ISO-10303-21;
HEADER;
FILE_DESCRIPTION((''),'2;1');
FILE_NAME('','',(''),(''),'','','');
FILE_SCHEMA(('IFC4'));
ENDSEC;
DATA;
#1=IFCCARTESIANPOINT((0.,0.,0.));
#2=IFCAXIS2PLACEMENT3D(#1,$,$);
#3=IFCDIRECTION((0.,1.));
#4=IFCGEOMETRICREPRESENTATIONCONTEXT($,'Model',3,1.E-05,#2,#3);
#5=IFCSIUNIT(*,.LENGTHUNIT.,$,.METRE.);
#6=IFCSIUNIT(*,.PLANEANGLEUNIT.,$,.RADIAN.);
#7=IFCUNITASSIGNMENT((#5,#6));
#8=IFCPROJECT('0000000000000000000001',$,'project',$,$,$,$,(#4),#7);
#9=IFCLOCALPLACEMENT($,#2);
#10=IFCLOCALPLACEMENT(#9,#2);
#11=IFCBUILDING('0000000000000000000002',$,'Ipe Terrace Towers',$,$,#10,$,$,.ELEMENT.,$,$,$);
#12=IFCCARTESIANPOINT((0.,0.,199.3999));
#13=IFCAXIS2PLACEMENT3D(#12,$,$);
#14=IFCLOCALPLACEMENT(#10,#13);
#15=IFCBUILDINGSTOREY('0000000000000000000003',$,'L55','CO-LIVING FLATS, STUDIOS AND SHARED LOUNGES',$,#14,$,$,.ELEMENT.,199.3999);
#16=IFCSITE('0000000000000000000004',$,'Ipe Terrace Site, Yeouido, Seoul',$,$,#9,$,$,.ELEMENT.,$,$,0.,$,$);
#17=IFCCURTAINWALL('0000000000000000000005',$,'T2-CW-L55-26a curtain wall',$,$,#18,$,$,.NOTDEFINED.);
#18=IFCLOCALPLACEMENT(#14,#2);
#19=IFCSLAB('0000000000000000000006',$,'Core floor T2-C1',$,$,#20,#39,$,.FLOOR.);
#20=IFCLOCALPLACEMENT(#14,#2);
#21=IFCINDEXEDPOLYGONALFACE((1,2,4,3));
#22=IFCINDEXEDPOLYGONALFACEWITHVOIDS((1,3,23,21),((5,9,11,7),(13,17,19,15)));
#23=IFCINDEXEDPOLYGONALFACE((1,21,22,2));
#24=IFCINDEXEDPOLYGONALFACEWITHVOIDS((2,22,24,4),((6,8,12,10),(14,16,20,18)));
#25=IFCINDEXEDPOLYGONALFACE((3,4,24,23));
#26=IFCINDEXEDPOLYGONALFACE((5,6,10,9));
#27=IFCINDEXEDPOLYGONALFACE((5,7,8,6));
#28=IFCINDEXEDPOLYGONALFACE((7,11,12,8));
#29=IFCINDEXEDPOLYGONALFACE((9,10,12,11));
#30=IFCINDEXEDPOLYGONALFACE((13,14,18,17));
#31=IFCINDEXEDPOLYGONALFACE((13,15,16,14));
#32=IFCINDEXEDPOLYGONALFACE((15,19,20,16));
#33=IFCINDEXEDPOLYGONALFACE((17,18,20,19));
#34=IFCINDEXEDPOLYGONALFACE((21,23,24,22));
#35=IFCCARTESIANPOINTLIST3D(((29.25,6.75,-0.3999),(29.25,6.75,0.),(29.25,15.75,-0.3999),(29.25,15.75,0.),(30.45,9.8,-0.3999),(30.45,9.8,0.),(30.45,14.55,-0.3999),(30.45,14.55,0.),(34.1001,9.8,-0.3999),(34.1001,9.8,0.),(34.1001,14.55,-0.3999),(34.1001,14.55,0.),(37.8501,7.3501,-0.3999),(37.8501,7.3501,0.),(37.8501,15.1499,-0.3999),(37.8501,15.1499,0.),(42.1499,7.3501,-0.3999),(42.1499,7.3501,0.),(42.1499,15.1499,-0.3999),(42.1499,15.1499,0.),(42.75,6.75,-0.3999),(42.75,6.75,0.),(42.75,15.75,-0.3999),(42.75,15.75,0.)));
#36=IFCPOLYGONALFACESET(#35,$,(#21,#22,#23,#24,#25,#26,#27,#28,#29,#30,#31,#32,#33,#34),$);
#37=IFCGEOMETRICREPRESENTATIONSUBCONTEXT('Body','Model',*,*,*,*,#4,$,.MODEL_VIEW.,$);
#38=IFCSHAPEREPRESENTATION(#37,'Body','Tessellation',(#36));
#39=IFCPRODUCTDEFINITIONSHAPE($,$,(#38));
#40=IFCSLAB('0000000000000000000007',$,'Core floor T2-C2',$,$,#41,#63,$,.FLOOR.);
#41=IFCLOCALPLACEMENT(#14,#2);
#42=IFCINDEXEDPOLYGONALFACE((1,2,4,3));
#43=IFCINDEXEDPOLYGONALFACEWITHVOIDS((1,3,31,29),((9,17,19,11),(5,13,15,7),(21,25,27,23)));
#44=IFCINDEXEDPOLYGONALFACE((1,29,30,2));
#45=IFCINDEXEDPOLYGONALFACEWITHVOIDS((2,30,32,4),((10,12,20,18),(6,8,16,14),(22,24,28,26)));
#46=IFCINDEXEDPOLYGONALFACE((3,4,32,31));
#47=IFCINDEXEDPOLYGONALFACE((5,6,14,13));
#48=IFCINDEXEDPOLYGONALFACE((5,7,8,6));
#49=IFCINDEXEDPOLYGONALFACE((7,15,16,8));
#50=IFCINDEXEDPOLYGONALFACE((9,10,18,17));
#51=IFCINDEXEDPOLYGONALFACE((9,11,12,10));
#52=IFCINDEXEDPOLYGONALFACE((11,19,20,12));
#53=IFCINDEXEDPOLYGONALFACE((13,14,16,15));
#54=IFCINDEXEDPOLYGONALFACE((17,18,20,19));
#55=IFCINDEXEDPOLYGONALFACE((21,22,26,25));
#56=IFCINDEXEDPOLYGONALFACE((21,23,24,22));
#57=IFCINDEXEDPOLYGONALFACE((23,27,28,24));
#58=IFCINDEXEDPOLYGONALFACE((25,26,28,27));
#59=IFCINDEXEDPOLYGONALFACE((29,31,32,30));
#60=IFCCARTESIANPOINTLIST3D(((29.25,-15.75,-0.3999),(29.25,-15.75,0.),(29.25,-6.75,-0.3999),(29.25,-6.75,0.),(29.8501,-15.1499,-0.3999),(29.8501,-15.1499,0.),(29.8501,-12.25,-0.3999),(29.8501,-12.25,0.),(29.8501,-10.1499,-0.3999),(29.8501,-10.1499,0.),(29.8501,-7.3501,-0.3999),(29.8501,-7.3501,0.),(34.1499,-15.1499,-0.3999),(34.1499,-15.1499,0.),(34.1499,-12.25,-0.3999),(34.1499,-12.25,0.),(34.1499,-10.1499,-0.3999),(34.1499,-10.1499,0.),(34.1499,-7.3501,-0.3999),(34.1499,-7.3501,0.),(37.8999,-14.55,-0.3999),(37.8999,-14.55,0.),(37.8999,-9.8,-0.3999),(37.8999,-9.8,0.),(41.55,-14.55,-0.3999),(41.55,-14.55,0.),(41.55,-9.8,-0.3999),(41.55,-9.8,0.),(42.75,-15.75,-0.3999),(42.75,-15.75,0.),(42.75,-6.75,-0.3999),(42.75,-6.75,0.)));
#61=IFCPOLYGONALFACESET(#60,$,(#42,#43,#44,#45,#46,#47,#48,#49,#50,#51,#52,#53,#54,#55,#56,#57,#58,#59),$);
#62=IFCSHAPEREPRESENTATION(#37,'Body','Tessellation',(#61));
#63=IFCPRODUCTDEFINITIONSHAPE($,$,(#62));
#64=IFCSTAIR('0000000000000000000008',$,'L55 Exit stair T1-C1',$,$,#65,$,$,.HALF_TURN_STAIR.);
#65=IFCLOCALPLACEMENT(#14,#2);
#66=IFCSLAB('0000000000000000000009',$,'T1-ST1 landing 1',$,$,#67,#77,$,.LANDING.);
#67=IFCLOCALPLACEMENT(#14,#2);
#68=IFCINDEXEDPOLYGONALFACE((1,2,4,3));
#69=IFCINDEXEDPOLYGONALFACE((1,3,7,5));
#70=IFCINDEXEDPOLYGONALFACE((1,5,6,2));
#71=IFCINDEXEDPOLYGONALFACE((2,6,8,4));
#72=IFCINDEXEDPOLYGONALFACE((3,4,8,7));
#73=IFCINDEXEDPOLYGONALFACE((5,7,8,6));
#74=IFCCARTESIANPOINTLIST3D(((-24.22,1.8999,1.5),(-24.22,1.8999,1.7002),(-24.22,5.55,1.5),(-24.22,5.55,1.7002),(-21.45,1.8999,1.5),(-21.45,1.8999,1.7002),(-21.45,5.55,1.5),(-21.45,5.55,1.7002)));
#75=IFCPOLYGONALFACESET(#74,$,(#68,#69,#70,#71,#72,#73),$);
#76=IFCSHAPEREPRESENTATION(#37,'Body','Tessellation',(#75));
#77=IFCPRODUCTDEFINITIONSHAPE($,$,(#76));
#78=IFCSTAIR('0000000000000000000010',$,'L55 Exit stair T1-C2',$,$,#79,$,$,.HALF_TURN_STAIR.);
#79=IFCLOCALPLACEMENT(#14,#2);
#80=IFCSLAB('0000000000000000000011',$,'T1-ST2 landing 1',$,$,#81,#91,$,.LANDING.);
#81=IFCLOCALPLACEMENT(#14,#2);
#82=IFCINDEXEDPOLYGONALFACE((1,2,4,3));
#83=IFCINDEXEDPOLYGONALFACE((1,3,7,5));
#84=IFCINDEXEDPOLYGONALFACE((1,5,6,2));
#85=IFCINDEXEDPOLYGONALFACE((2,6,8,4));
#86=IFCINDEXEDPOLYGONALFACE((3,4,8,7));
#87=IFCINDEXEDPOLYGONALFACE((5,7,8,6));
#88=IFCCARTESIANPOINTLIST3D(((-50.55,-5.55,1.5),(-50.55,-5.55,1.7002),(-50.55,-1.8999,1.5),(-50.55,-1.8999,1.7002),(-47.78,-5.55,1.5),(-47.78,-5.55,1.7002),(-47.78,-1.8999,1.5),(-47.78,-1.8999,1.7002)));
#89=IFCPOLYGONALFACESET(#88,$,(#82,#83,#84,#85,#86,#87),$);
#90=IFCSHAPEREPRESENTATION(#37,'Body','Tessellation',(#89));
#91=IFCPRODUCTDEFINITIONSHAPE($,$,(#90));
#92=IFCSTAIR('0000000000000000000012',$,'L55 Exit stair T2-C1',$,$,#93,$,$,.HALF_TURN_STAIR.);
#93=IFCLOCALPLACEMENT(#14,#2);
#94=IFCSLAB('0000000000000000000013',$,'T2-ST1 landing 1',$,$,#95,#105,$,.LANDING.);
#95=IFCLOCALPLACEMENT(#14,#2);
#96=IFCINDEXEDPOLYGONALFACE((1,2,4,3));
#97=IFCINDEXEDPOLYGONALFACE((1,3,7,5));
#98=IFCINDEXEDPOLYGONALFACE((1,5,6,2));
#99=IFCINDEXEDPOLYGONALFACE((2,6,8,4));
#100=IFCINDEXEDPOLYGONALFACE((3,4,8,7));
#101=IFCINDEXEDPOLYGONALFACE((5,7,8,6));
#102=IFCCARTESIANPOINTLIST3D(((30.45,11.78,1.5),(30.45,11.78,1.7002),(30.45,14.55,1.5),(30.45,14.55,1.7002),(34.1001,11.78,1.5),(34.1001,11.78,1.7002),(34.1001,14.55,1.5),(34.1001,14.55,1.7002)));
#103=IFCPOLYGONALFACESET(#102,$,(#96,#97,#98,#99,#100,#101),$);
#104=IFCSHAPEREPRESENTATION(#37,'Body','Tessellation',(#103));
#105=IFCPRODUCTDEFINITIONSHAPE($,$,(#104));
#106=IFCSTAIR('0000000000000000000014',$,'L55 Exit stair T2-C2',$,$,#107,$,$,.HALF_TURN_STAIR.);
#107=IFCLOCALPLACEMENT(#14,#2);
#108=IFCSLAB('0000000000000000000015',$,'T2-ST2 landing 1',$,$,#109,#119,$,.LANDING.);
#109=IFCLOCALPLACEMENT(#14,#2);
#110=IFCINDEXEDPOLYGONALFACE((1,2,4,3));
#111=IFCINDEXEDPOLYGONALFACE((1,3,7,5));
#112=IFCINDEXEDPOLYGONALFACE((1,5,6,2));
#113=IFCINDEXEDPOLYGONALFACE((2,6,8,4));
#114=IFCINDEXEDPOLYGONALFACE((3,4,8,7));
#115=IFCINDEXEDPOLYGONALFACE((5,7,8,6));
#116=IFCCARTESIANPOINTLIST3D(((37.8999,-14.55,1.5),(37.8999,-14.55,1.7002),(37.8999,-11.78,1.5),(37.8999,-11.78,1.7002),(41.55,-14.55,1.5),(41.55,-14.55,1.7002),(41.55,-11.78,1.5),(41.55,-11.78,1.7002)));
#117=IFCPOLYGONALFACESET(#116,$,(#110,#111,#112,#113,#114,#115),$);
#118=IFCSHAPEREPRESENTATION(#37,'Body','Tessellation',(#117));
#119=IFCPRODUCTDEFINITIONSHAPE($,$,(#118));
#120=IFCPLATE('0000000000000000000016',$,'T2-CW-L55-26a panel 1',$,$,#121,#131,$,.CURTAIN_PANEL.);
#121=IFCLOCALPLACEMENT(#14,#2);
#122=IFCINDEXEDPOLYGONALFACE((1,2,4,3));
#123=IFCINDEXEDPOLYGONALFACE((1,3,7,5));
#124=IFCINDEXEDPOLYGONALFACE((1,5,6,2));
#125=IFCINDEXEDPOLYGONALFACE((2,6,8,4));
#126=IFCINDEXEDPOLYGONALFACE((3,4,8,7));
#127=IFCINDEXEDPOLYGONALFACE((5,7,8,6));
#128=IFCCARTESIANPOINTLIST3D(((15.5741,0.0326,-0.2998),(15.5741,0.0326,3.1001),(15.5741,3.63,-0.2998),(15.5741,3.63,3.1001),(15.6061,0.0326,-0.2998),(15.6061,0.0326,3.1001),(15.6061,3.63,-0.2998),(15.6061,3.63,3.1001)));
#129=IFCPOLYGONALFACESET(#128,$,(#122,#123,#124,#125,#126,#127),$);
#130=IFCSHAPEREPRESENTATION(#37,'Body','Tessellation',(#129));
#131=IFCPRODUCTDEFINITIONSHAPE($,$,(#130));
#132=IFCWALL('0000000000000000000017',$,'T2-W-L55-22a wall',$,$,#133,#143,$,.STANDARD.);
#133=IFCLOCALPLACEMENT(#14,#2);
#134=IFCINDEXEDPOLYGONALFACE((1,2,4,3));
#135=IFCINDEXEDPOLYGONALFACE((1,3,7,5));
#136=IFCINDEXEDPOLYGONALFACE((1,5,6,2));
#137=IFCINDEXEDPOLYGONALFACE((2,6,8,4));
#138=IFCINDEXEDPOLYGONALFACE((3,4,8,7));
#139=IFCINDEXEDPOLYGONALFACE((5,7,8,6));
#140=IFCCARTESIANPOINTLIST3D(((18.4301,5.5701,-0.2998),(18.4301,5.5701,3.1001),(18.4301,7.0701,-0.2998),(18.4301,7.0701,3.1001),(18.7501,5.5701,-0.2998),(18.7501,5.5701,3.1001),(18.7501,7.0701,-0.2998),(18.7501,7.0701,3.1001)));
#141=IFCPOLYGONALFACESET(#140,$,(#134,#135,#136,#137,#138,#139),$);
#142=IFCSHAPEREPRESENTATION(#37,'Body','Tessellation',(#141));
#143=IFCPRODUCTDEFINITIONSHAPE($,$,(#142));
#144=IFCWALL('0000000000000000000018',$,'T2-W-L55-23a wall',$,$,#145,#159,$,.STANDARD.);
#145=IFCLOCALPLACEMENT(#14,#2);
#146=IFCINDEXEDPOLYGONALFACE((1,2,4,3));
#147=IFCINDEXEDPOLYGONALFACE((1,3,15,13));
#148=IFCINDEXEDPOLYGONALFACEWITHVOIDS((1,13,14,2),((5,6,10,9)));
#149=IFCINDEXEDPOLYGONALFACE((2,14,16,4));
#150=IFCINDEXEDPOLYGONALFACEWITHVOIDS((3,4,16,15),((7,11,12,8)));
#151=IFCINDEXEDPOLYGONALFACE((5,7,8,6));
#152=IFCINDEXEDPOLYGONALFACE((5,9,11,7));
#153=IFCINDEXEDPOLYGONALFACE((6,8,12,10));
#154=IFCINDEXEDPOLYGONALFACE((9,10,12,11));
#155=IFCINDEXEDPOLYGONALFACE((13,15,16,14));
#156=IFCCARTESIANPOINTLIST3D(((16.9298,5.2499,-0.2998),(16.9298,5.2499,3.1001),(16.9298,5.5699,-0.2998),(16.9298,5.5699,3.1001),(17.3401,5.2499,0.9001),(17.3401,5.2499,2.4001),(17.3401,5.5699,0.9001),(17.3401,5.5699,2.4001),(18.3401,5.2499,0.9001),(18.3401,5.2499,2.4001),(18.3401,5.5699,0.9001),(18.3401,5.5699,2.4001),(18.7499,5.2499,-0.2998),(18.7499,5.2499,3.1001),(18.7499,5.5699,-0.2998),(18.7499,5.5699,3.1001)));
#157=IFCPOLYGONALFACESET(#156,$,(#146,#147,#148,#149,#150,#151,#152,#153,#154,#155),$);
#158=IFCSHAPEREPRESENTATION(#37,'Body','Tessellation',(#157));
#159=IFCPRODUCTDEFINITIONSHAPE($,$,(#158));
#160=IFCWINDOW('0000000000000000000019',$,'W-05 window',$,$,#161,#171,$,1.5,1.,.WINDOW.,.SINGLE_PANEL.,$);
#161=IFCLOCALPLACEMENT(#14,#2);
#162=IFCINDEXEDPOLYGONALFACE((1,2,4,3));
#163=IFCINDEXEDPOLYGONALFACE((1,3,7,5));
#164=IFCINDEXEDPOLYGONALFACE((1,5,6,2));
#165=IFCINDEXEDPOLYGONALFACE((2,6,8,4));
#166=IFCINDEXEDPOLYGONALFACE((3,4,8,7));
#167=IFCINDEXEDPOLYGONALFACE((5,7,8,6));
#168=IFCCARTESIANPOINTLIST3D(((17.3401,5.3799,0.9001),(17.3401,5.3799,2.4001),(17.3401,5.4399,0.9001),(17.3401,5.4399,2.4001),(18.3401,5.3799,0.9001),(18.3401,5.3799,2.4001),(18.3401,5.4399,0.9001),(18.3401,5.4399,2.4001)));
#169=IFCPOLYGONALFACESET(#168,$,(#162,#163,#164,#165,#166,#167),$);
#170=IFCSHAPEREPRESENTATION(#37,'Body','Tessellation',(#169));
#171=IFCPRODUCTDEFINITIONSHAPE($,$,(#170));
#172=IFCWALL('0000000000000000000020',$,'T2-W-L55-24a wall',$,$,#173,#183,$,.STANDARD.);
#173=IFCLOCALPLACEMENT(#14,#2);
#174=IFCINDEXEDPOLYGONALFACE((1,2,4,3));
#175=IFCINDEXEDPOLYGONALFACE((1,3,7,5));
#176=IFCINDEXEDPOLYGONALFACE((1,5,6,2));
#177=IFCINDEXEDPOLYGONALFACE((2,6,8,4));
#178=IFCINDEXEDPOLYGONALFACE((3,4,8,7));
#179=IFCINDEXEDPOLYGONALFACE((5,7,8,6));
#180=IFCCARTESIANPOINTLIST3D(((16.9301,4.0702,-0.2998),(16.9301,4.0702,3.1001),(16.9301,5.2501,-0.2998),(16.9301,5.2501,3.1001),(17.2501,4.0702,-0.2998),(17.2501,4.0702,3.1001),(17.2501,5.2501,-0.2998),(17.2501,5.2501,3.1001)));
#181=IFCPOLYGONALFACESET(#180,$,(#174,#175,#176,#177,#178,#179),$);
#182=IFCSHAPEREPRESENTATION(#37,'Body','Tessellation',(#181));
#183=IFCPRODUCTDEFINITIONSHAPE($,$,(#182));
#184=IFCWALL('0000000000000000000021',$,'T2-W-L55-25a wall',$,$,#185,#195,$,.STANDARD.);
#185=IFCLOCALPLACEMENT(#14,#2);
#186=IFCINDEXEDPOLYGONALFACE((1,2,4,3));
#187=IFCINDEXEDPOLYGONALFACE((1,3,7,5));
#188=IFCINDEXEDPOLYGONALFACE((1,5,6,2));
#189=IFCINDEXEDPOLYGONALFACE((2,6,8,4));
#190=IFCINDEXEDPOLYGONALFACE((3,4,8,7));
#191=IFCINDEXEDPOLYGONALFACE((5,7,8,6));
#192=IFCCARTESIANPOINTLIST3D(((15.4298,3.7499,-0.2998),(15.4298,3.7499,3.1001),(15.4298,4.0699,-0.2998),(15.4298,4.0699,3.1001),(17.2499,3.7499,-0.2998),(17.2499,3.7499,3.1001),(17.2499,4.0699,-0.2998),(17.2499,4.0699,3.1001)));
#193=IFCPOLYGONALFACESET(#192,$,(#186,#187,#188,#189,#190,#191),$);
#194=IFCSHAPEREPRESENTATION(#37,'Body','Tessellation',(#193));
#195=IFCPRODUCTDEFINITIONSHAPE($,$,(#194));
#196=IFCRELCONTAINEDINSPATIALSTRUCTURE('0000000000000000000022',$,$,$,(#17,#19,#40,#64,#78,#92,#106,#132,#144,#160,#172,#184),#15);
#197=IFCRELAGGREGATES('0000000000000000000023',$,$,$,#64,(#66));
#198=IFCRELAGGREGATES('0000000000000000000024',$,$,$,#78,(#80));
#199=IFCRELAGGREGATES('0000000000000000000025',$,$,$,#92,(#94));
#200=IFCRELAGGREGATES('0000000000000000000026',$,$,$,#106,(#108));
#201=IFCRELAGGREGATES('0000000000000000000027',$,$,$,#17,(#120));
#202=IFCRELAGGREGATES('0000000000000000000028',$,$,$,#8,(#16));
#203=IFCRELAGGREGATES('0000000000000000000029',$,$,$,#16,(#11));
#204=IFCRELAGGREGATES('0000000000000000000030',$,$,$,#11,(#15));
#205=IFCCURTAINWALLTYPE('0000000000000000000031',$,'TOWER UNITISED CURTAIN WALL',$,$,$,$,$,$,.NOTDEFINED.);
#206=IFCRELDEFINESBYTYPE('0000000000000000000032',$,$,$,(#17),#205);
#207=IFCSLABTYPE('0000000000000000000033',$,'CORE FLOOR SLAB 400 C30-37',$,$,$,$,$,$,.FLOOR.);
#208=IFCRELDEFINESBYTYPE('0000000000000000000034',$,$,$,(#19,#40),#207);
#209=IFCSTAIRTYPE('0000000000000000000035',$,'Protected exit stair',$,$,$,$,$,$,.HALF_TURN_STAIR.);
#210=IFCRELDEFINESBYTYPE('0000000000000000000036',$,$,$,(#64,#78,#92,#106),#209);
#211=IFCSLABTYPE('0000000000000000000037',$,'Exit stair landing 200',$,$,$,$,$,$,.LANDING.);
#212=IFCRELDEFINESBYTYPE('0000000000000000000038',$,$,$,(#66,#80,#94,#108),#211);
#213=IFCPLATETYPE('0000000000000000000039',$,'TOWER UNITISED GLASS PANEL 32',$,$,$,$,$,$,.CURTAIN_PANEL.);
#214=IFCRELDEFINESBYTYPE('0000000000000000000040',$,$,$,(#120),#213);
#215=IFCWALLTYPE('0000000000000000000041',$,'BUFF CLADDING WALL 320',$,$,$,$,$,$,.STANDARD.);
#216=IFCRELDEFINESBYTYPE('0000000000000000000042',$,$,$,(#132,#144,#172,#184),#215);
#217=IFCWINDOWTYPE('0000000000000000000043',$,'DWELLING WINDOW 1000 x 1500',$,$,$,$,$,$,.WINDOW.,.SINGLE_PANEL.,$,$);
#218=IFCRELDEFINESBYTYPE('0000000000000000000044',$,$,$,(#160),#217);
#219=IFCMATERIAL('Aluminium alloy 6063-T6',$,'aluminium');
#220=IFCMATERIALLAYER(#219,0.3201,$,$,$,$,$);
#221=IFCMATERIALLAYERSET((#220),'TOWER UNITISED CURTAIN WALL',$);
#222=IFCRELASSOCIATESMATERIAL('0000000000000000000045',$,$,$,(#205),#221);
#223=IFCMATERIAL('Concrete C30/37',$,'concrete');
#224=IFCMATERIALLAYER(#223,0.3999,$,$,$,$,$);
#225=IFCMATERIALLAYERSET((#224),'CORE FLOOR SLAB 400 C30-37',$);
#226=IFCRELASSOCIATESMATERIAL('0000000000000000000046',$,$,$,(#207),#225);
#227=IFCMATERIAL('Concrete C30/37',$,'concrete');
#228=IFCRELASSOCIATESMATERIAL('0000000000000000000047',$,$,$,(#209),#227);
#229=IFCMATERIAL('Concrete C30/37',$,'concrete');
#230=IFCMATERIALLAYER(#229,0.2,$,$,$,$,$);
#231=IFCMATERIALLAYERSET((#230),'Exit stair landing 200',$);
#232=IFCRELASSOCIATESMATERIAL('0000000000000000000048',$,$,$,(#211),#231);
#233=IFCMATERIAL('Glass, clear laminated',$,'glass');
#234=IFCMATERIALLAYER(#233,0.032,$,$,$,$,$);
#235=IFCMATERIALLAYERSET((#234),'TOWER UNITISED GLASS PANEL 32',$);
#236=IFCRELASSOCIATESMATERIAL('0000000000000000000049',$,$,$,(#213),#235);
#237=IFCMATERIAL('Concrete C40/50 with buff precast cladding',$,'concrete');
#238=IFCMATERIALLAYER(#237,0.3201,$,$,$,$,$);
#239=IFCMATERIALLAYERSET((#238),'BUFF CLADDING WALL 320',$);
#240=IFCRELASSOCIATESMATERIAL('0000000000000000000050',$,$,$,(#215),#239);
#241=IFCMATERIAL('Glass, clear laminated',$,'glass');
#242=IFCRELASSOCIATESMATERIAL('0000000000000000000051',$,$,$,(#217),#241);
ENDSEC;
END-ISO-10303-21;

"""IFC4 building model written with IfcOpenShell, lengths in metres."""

from ifc_helpers import new_model, si_unit, direction, frame, frame_2d, origin, origin_2d, place, context, subcontext, project, spatial, polyline, rectangle, outline, extrude, material, layer, layer_set, type_object, element, fill, aggregate, save


model = new_model("IFC4")

# Units and contexts
model_context = context("Model", 3, precision=1e-05, world=origin(), true_north=direction((0.0, 1.0)))
body_context = subcontext(model_context, "Body", "Model", "MODEL_VIEW")
ifc_project = project(units=[si_unit("LENGTHUNIT", "METRE"), si_unit("PLANEANGLEUNIT", "RADIAN")], contexts=[model_context])

# Site, building, storey
site_placement = place(None, origin())
site = spatial("IfcSite", under=ifc_project, at=site_placement, Name="Ipe Terrace Site, Yeouido, Seoul", CompositionType="ELEMENT", RefElevation=0.0)
building_placement = place(site_placement, origin())
building = spatial("IfcBuilding", under=site, at=building_placement, Name="Ipe Terrace Towers", CompositionType="ELEMENT")
storey_placement = place(building_placement, frame((0.0, 0.0, 199.3999)))
storey = spatial("IfcBuildingStorey", under=building, at=storey_placement, Name="L55", Description="CO-LIVING FLATS, STUDIOS AND SHARED LOUNGES", CompositionType="ELEMENT", Elevation=199.3999)

# Shared definitions
ifc_material_1 = material(Name="Aluminium alloy 6063-T6", Category="aluminium")
ifc_layer_1 = layer(ifc_material_1, 0.3201)
ifc_layer_set_1 = layer_set([ifc_layer_1], Name="TOWER UNITISED CURTAIN WALL")
curtain_wall_type = type_object("IfcCurtainWallType", Name="TOWER UNITISED CURTAIN WALL", PredefinedType="NOTDEFINED", material=ifc_layer_set_1)

# Curtain wall
curtain_wall_1_placement = place(storey_placement, origin())
curtain_wall_1 = element("IfcCurtainWall", 1, at=curtain_wall_1_placement, inside=storey, type_object=curtain_wall_type, Name="T2-CW-L55-26a curtain wall", PredefinedType="NOTDEFINED")

# Slabs
ifc_material_2 = material(Name="Concrete C30/37", Category="concrete")
ifc_layer_2 = layer(ifc_material_2, 0.3999)
ifc_layer_set_2 = layer_set([ifc_layer_2], Name="CORE FLOOR SLAB 400 C30-37")
slab_type_1 = type_object("IfcSlabType", Name="CORE FLOOR SLAB 400 C30-37", PredefinedType="FLOOR", material=ifc_layer_set_2)
slab_1_placement = place(storey_placement, frame((0.0, 0.0, -0.3999)))
element("IfcSlab", 2, at=slab_1_placement, inside=storey, type_object=slab_type_1, Name="Core floor T2-C1", PredefinedType="FLOOR", context=body_context, shape_type="SweptSolid", body=[
    extrude(outline(polyline([(29.25, 6.75), (29.25, 15.75), (42.75, 15.75), (42.75, 6.75), (29.25, 6.75)]), holes=[polyline([(42.1499, 7.3501), (42.1499, 15.1499), (37.8501, 15.1499), (37.8501, 7.3501), (42.1499, 7.3501)]), polyline([(30.45, 9.8), (34.1001, 9.8), (34.1001, 14.55), (30.45, 14.55), (30.45, 9.8)])]), origin(), (0.0, 0.0, 1.0), 0.3999),
])
slab_2_placement = place(storey_placement, frame((0.0, 0.0, -0.3999)))
element("IfcSlab", 3, at=slab_2_placement, inside=storey, type_object=slab_type_1, Name="Core floor T2-C2", PredefinedType="FLOOR", context=body_context, shape_type="SweptSolid", body=[
    extrude(outline(polyline([(29.25, -15.75), (29.25, -6.75), (42.75, -6.75), (42.75, -15.75), (29.25, -15.75)]), holes=[polyline([(29.8501, -12.25), (29.8501, -15.1499), (34.1499, -15.1499), (34.1499, -12.25), (29.8501, -12.25)]), polyline([(41.55, -9.8), (37.8999, -9.8), (37.8999, -14.55), (41.55, -14.55), (41.55, -9.8)]), polyline([(34.1499, -7.3501), (29.8501, -7.3501), (29.8501, -10.1499), (34.1499, -10.1499), (34.1499, -7.3501)])]), origin(), (0.0, 0.0, 1.0), 0.3999),
])

# Stairs, slabs
ifc_material_3 = material(Name="Concrete C30/37", Category="concrete")
stair_type = type_object("IfcStairType", Name="Protected exit stair", PredefinedType="HALF_TURN_STAIR", material=ifc_material_3)
stair_1_placement = place(storey_placement, origin())
stair_1 = element("IfcStair", 4, at=stair_1_placement, inside=storey, type_object=stair_type, Name="L55 Exit stair T1-C1", PredefinedType="HALF_TURN_STAIR")
ifc_material_4 = material(Name="Concrete C30/37", Category="concrete")
ifc_layer_3 = layer(ifc_material_4, 0.2)
ifc_layer_set_3 = layer_set([ifc_layer_3], Name="Exit stair landing 200")
slab_type_2 = type_object("IfcSlabType", Name="Exit stair landing 200", PredefinedType="LANDING", material=ifc_layer_set_3)
slab_3_placement = place(storey_placement, frame((0.0, 0.0, 1.5)))
slab_3 = element("IfcSlab", 5, at=slab_3_placement, type_object=slab_type_2, Name="T1-ST1 landing 1", PredefinedType="LANDING", context=body_context, shape_type="SweptSolid", body=[
    extrude(outline(polyline([(-24.22, 1.8999), (-21.45, 1.8999), (-21.45, 5.55), (-24.22, 5.55), (-24.22, 1.8999)])), origin(), (0.0, 0.0, 1.0), 0.2002),
])
aggregate(stair_1, [slab_3])
stair_2_placement = place(storey_placement, origin())
stair_2 = element("IfcStair", 6, at=stair_2_placement, inside=storey, type_object=stair_type, Name="L55 Exit stair T1-C2", PredefinedType="HALF_TURN_STAIR")
slab_4_placement = place(storey_placement, frame((0.0, 0.0, 1.5)))
slab_4 = element("IfcSlab", 7, at=slab_4_placement, type_object=slab_type_2, Name="T1-ST2 landing 1", PredefinedType="LANDING", context=body_context, shape_type="SweptSolid", body=[
    extrude(outline(polyline([(-47.78, -1.8999), (-50.55, -1.8999), (-50.55, -5.55), (-47.78, -5.55), (-47.78, -1.8999)])), origin(), (0.0, 0.0, 1.0), 0.2002),
])
aggregate(stair_2, [slab_4])
stair_3_placement = place(storey_placement, origin())
stair_3 = element("IfcStair", 8, at=stair_3_placement, inside=storey, type_object=stair_type, Name="L55 Exit stair T2-C1", PredefinedType="HALF_TURN_STAIR")
slab_5_placement = place(storey_placement, frame((0.0, 0.0, 1.5)))
slab_5 = element("IfcSlab", 9, at=slab_5_placement, type_object=slab_type_2, Name="T2-ST1 landing 1", PredefinedType="LANDING", context=body_context, shape_type="SweptSolid", body=[
    extrude(outline(polyline([(34.1001, 11.78), (34.1001, 14.55), (30.45, 14.55), (30.45, 11.78), (34.1001, 11.78)])), origin(), (0.0, 0.0, 1.0), 0.2002),
])
aggregate(stair_3, [slab_5])
stair_4_placement = place(storey_placement, origin())
stair_4 = element("IfcStair", 10, at=stair_4_placement, inside=storey, type_object=stair_type, Name="L55 Exit stair T2-C2", PredefinedType="HALF_TURN_STAIR")
slab_6_placement = place(storey_placement, frame((0.0, 0.0, 1.5)))
slab_6 = element("IfcSlab", 11, at=slab_6_placement, type_object=slab_type_2, Name="T2-ST2 landing 1", PredefinedType="LANDING", context=body_context, shape_type="SweptSolid", body=[
    extrude(outline(polyline([(37.8999, -11.78), (37.8999, -14.55), (41.55, -14.55), (41.55, -11.78), (37.8999, -11.78)])), origin(), (0.0, 0.0, 1.0), 0.2002),
])
aggregate(stair_4, [slab_6])

# Plate
ifc_material_5 = material(Name="Glass, clear laminated", Category="glass")
ifc_layer_4 = layer(ifc_material_5, 0.032)
ifc_layer_set_4 = layer_set([ifc_layer_4], Name="TOWER UNITISED GLASS PANEL 32")
plate_type = type_object("IfcPlateType", Name="TOWER UNITISED GLASS PANEL 32", PredefinedType="CURTAIN_PANEL", material=ifc_layer_set_4)
plate_placement = place(storey_placement, frame((15.5901, 1.8313, -0.2998), z_axis=(0.0, 0.0, 1.0), x_axis=(0.0, -1.0, 0.0)))
plate = element("IfcPlate", 12, at=plate_placement, type_object=plate_type, Name="T2-CW-L55-26a panel 1", PredefinedType="CURTAIN_PANEL", context=body_context, shape_type="SweptSolid", body=[
    extrude(rectangle(XDim=3.5974, YDim=0.032, at=origin_2d()), origin(), (0.0, 0.0, 1.0), 3.3999),
])
aggregate(curtain_wall_1, [plate])

# Wall
ifc_material_6 = material(Name="Concrete C40/50 with buff precast cladding", Category="concrete")
ifc_layer_5 = layer(ifc_material_6, 0.3201)
ifc_layer_set_5 = layer_set([ifc_layer_5], Name="BUFF CLADDING WALL 320")
wall_type_1 = type_object("IfcWallType", Name="BUFF CLADDING WALL 320", PredefinedType="STANDARD", material=ifc_layer_set_5)
wall_1_placement = place(storey_placement, frame((18.5901, 7.0701, -0.2998), z_axis=(0.0, 0.0, 1.0), x_axis=(0.0, -1.0, 0.0)))
element("IfcWall", 13, at=wall_1_placement, inside=storey, type_object=wall_type_1, Name="T2-W-L55-22a wall", PredefinedType="STANDARD", context=body_context, shape_type="SweptSolid", body=[
    extrude(rectangle(XDim=1.5, YDim=0.3201, at=frame_2d((0.75, 0.0))), origin(), (0.0, 0.0, 1.0), 3.3999),
])

# Wall, opening, window
wall_2_placement = place(storey_placement, frame((18.75, 5.4099, -0.2998), z_axis=(0.0, 0.0, 1.0), x_axis=(-1.0, 0.0, 0.0)))
wall_2 = element("IfcWall", 14, at=wall_2_placement, inside=storey, type_object=wall_type_1, Name="T2-W-L55-23a wall", PredefinedType="STANDARD", context=body_context, shape_type="SweptSolid", body=[
    extrude(rectangle(XDim=1.8201, YDim=0.3201, at=frame_2d((0.9102, 0.0))), origin(), (0.0, 0.0, 1.0), 3.3999),
])
opening_1_placement = place(wall_2_placement, frame((0.4099, 0.0, 1.2)))
opening_1 = element("IfcOpeningElement", 15, at=opening_1_placement, cuts=wall_2, PredefinedType="OPENING", context=body_context, shape_type="SweptSolid", body=[
    extrude(rectangle(XDim=1.0, YDim=1.5, at=frame_2d((0.5, 0.75))), frame((0.0, 0.1699, 0.0), z_axis=(0.0, -1.0, 0.0), x_axis=(1.0, 0.0, 0.0)), (0.0, 0.0, 1.0), 0.3401),
])
ifc_material_7 = material(Name="Glass, clear laminated", Category="glass")
window_type = type_object("IfcWindowType", Name="DWELLING WINDOW 1000 x 1500", PartitioningType="SINGLE_PANEL", PredefinedType="WINDOW", material=ifc_material_7)
window_placement = place(opening_1_placement, origin())
window = element("IfcWindow", 16, at=window_placement, inside=storey, type_object=window_type, Name="W-05 window", OverallHeight=1.5, OverallWidth=1.0, PartitioningType="SINGLE_PANEL", PredefinedType="WINDOW", context=body_context, shape_type="SweptSolid", body=[
    extrude(rectangle(XDim=1.0, YDim=1.5, at=frame_2d((0.5, 0.75))), frame((0.0, 0.03, 0.0), z_axis=(0.0, -1.0, 0.0), x_axis=(1.0, 0.0, 0.0)), (0.0, 0.0, 1.0), 0.0601),
])
fill(opening_1, window)

# Walls
wall_3_placement = place(storey_placement, frame((17.0901, 5.25, -0.2998), z_axis=(0.0, 0.0, 1.0), x_axis=(0.0, -1.0, 0.0)))
element("IfcWall", 17, at=wall_3_placement, inside=storey, type_object=wall_type_1, Name="T2-W-L55-24a wall", PredefinedType="STANDARD", context=body_context, shape_type="SweptSolid", body=[
    extrude(rectangle(XDim=1.1799, YDim=0.3201, at=frame_2d((0.5898, 0.0))), origin(), (0.0, 0.0, 1.0), 3.3999),
])
wall_4_placement = place(storey_placement, frame((17.25, 3.9099, -0.2998), z_axis=(0.0, 0.0, 1.0), x_axis=(-1.0, 0.0, 0.0)))
element("IfcWall", 18, at=wall_4_placement, inside=storey, type_object=wall_type_1, Name="T2-W-L55-25a wall", PredefinedType="STANDARD", context=body_context, shape_type="SweptSolid", body=[
    extrude(rectangle(XDim=1.8201, YDim=0.3201, at=frame_2d((0.9102, 0.0))), origin(), (0.0, 0.0, 1.0), 3.3999),
])

save(model, "model.ifc")
